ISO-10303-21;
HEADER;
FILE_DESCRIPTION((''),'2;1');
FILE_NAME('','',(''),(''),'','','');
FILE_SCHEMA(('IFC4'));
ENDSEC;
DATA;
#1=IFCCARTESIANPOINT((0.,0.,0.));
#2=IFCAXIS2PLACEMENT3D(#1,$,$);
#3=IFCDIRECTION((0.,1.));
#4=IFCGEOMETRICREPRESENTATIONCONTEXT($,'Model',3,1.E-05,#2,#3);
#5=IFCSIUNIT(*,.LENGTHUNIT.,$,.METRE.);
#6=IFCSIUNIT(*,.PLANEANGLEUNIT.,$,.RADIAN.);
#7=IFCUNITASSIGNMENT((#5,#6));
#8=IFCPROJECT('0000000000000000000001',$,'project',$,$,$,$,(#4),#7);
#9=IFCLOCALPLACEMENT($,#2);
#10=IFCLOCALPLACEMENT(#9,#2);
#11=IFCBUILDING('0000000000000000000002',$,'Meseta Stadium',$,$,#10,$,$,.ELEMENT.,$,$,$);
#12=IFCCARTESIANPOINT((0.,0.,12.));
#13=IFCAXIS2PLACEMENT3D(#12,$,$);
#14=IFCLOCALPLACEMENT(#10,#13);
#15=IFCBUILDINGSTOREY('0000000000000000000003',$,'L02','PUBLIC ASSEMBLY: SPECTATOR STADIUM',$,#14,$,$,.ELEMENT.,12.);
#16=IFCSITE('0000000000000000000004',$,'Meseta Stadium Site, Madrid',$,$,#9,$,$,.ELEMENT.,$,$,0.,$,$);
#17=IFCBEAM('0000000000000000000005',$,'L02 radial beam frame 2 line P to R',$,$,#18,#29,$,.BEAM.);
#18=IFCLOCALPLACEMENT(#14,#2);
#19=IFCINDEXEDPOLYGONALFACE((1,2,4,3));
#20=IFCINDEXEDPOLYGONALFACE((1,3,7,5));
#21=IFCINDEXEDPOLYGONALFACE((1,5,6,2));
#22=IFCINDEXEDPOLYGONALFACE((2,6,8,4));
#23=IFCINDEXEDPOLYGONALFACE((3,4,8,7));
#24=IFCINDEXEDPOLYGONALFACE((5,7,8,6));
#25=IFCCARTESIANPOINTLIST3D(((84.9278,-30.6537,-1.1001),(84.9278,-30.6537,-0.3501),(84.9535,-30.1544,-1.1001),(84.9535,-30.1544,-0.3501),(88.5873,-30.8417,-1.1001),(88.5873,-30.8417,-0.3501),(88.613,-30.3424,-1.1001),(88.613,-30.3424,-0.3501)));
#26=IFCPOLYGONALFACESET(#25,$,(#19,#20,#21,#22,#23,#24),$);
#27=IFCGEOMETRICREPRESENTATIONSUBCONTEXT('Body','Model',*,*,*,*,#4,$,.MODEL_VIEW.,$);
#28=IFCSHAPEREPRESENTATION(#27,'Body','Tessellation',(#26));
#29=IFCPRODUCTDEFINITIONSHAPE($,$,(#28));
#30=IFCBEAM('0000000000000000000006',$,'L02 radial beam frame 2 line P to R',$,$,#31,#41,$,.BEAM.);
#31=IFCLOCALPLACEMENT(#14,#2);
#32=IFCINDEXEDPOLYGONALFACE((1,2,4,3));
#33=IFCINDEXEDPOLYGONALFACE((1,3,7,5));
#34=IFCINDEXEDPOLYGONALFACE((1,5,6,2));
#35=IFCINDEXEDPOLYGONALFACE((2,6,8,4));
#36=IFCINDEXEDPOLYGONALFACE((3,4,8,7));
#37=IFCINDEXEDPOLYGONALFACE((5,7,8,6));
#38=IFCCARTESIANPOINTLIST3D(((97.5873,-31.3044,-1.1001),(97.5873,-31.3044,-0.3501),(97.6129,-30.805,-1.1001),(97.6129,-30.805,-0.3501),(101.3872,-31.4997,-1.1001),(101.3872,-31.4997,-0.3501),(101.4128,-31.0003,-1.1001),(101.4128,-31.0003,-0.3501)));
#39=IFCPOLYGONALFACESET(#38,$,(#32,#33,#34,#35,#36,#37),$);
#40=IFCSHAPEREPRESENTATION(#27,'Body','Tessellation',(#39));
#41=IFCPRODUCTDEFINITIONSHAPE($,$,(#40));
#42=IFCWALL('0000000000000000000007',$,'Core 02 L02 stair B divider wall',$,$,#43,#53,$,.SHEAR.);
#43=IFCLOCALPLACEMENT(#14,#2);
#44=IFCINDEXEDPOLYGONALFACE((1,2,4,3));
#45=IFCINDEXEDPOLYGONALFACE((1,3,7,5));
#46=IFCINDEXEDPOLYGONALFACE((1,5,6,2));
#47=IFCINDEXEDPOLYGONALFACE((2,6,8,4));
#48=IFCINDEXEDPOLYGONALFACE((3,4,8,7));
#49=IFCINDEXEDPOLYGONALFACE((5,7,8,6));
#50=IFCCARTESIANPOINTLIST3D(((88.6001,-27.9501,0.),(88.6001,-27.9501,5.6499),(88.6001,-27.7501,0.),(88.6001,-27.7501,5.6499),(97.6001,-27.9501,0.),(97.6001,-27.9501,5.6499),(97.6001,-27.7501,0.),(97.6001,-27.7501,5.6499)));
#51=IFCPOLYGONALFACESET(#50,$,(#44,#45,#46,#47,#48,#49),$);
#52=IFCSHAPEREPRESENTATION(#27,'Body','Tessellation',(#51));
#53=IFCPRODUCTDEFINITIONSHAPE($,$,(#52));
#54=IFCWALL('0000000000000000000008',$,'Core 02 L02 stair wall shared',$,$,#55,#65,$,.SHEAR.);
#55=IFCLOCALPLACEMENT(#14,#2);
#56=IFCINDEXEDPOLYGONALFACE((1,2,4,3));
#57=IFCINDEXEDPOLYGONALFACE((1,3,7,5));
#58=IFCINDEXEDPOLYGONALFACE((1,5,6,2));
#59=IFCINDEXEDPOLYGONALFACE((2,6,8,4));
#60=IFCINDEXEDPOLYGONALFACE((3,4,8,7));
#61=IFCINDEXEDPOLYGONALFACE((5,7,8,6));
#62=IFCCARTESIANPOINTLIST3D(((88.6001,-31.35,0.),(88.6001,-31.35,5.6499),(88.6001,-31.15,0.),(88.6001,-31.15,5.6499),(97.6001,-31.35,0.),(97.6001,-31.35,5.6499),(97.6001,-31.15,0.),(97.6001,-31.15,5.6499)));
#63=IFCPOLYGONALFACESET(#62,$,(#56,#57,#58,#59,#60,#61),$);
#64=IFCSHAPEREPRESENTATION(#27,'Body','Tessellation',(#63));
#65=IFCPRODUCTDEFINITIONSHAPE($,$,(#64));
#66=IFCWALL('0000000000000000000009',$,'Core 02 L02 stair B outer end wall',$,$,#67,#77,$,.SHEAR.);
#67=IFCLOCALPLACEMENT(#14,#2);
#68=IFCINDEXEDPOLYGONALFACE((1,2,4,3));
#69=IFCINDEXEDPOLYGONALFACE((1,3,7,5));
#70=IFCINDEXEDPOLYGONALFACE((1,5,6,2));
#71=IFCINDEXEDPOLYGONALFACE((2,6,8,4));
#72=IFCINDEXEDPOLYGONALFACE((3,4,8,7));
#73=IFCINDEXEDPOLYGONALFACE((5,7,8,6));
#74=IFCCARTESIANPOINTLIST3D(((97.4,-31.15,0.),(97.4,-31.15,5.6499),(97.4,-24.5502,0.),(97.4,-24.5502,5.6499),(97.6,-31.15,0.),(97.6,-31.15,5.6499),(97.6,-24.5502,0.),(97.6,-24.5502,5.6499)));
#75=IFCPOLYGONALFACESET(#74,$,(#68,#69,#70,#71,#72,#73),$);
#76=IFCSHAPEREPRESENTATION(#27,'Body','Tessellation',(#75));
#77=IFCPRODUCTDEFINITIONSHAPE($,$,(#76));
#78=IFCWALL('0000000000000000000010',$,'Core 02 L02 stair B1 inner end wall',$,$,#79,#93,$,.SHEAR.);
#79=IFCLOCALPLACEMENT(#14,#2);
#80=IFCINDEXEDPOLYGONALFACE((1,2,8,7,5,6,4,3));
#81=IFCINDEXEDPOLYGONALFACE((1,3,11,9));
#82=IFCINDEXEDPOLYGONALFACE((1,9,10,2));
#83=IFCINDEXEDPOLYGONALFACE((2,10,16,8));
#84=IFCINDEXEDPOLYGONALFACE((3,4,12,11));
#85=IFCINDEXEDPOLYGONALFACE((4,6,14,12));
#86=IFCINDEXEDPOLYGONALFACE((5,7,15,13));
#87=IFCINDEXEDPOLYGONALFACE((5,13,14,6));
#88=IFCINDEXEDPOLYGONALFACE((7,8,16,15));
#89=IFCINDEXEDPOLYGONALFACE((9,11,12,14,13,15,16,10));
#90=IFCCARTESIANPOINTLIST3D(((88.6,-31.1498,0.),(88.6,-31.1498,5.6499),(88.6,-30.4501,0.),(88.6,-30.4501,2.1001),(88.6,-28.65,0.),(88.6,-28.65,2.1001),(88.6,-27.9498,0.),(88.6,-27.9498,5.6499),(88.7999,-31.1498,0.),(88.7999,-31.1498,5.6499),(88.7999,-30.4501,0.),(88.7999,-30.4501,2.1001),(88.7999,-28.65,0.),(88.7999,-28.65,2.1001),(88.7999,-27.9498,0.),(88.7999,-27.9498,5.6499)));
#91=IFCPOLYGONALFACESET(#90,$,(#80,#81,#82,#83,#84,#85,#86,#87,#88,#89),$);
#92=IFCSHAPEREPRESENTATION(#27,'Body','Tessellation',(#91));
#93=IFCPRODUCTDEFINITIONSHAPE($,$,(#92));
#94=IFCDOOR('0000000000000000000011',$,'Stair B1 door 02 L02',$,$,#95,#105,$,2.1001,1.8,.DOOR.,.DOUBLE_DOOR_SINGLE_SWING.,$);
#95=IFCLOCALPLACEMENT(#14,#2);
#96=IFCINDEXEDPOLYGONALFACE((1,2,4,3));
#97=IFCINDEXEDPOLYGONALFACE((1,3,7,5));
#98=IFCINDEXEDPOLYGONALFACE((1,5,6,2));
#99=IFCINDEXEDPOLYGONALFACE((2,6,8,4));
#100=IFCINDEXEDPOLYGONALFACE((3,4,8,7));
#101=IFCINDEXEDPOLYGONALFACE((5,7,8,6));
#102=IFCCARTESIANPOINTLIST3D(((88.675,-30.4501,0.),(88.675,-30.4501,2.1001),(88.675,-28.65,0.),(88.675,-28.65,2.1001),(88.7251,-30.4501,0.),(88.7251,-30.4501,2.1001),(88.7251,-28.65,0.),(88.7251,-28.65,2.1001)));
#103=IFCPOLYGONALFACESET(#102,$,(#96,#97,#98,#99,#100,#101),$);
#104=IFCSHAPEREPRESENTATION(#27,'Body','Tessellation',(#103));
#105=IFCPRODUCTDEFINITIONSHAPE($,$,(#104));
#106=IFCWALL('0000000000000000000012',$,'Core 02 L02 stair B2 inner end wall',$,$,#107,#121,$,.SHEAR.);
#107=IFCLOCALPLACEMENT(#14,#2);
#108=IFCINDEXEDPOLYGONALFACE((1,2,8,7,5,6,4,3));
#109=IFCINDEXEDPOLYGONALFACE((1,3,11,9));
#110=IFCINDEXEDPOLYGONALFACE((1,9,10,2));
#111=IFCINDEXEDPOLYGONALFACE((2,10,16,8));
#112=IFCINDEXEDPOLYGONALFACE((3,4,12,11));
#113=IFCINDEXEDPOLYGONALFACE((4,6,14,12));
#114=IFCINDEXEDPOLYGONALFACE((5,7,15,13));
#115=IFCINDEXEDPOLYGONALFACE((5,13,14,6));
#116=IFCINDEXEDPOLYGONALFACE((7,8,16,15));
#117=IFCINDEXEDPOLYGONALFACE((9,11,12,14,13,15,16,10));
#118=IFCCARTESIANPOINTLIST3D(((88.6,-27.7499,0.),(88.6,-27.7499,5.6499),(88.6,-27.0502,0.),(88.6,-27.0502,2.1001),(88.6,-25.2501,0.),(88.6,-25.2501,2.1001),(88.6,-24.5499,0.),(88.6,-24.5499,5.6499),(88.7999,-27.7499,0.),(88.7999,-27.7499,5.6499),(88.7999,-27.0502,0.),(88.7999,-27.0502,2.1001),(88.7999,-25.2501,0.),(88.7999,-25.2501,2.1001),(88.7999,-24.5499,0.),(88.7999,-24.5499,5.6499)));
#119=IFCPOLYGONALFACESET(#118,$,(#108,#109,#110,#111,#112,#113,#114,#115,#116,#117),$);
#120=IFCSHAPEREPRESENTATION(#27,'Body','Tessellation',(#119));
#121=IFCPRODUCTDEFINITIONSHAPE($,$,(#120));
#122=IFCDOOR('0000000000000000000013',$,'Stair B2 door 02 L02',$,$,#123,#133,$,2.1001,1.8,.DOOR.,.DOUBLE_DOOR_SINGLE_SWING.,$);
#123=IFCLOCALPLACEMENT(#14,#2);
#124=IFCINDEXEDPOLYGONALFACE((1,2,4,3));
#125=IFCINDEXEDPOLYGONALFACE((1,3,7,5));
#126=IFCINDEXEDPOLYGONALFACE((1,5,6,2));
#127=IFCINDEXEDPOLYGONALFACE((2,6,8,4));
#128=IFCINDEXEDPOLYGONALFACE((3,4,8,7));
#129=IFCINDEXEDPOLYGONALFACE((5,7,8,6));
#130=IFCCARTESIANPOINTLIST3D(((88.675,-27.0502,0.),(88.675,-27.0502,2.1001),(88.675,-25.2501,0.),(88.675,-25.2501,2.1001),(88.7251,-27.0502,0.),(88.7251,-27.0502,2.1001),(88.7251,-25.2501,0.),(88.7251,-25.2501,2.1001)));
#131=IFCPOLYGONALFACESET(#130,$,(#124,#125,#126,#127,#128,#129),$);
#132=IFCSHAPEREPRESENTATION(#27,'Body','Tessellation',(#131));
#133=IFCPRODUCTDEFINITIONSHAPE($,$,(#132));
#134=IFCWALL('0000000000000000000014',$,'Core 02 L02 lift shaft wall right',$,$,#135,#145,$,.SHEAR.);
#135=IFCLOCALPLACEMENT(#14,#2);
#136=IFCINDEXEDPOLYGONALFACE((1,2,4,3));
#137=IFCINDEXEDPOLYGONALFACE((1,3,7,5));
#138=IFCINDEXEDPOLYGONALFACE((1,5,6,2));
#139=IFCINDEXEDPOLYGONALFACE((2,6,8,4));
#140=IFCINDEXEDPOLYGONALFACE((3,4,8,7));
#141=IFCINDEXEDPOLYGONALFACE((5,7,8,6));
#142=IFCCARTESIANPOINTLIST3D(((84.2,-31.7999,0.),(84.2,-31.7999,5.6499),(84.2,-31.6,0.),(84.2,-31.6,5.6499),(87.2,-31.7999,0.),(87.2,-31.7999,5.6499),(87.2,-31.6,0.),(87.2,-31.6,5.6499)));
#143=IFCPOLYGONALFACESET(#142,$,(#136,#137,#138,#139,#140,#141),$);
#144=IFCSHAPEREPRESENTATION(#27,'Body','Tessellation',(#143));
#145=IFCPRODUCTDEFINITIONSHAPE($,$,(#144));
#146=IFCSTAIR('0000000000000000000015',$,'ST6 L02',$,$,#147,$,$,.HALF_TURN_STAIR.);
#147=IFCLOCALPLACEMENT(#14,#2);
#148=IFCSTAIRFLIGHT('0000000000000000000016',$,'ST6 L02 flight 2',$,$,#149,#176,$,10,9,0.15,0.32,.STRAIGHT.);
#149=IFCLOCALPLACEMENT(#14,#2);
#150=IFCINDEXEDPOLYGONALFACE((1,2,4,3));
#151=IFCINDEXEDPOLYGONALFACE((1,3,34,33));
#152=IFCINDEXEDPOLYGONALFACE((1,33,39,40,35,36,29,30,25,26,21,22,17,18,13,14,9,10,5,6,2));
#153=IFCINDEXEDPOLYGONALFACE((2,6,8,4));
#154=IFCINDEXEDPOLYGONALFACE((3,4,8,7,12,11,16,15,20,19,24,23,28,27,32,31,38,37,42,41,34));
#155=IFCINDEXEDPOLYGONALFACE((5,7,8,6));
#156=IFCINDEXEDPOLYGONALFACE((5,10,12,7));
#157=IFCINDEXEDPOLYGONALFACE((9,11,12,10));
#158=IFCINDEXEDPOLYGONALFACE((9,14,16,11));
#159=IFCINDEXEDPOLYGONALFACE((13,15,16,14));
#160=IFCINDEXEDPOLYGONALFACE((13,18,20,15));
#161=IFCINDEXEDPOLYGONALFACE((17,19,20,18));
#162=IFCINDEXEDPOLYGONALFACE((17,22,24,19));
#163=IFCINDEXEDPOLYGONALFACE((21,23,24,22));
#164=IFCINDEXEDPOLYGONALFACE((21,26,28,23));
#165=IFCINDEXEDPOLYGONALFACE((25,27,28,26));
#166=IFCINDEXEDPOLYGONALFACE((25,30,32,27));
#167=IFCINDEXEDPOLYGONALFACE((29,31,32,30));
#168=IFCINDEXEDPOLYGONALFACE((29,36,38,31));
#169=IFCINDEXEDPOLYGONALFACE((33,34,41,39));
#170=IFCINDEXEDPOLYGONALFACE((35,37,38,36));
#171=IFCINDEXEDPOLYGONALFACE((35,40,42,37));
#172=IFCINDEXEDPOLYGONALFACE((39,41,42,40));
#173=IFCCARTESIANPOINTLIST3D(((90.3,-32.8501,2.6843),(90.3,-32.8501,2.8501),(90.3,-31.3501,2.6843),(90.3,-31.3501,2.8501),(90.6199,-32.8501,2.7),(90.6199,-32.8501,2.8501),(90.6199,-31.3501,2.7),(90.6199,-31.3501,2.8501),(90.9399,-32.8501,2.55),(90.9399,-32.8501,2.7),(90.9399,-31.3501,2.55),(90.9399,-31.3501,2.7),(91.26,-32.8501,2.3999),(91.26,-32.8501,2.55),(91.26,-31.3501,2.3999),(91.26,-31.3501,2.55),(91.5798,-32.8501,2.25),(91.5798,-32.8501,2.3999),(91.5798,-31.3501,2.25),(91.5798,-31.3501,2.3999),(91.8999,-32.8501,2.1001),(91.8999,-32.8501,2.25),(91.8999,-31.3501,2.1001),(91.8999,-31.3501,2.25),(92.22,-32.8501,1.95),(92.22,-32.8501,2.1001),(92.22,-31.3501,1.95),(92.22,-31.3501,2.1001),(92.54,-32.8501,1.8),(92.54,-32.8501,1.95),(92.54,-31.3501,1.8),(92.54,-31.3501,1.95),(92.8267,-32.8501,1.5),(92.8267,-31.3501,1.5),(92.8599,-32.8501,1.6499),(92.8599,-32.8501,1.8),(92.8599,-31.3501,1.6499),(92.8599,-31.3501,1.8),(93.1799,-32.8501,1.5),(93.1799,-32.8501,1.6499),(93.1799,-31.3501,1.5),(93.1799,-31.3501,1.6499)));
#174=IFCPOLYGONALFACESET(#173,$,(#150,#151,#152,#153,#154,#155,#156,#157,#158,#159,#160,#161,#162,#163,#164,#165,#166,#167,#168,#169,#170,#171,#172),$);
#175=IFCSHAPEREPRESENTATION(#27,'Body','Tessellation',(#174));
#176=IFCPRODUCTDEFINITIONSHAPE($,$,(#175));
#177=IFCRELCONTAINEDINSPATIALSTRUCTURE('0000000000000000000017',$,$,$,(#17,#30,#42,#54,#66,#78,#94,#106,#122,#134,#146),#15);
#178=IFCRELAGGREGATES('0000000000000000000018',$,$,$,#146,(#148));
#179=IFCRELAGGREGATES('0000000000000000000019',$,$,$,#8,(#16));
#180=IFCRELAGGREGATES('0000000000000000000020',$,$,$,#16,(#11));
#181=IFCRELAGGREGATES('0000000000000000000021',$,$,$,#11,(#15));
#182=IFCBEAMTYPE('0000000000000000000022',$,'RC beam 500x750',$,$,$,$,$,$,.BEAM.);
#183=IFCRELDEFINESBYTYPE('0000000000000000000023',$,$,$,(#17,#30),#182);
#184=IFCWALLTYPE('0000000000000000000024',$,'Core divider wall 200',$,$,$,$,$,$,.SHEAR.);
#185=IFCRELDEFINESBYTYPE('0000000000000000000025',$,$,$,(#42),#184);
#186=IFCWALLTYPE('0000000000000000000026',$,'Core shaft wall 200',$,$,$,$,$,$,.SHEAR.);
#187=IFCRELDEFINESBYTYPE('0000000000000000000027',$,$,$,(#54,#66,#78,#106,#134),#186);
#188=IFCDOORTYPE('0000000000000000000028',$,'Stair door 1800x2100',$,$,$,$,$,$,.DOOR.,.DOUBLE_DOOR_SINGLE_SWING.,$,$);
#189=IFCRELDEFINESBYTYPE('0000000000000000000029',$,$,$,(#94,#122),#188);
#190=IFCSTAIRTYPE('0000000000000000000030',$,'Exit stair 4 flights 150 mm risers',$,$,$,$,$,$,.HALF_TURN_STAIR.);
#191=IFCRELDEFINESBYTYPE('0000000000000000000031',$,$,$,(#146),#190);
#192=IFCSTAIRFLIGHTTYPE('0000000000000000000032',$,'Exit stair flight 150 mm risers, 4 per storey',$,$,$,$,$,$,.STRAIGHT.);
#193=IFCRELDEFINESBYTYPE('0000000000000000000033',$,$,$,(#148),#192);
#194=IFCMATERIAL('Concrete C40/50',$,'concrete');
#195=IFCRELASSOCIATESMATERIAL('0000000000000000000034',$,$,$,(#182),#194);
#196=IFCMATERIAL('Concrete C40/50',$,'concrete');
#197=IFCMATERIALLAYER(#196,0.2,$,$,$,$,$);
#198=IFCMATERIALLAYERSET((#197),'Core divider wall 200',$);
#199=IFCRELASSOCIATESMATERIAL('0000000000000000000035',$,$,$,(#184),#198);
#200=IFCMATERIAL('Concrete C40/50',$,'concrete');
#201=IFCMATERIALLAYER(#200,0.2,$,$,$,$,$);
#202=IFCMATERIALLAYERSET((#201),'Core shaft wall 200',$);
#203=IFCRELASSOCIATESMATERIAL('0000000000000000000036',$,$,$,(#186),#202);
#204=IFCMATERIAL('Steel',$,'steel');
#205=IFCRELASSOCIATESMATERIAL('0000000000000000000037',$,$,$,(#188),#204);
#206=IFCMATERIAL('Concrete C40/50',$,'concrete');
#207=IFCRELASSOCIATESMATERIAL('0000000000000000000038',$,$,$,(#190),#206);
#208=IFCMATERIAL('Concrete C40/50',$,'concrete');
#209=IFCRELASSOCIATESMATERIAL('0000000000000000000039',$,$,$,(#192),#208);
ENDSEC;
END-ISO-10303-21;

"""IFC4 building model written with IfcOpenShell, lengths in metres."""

from ifc_helpers import new_model, si_unit, direction, frame, frame_2d, origin, origin_2d, place, context, subcontext, project, spatial, polyline, rectangle, outline, extrude, material, layer, layer_set, material_profile, profile_set, type_object, element, fill, aggregate, save


model = new_model("IFC4")

# Units and contexts
model_context = context("Model", 3, precision=1e-05, world=origin(), true_north=direction((0.0, 1.0)))
body_context = subcontext(model_context, "Body", "Model", "MODEL_VIEW")
ifc_project = project(units=[si_unit("LENGTHUNIT", "METRE"), si_unit("PLANEANGLEUNIT", "RADIAN")], contexts=[model_context])

# Site, building, storey
site_placement = place(None, origin())
site = spatial("IfcSite", under=ifc_project, at=site_placement, Name="Meseta Stadium Site, Madrid", CompositionType="ELEMENT", RefElevation=0.0)
building_placement = place(site_placement, origin())
building = spatial("IfcBuilding", under=site, at=building_placement, Name="Meseta Stadium", CompositionType="ELEMENT")
storey_placement = place(building_placement, frame((0.0, 0.0, 12.0)))
storey = spatial("IfcBuildingStorey", under=building, at=storey_placement, Name="L02", Description="PUBLIC ASSEMBLY: SPECTATOR STADIUM", CompositionType="ELEMENT", Elevation=12.0)

# Beams
ifc_material_1 = material(Name="Concrete C40/50", Category="concrete")
ifc_material_profile = material_profile(ifc_material_1, rectangle(XDim=0.5, YDim=0.75, at=origin_2d()), Name="RC 500x750")
ifc_profile_set = profile_set([ifc_material_profile], Name="Concrete C40/50")
beam_type = type_object("IfcBeamType", Name="RC beam 500x750", PredefinedType="BEAM", material=ifc_profile_set)
beam_1_placement = place(storey_placement, frame((84.9407, -30.4041, -0.7251), z_axis=(0.998683, -0.051303, 0.0), x_axis=(0.051303, 0.998683, 0.0)))
element("IfcBeam", 1, at=beam_1_placement, inside=storey, type_object=beam_type, Name="L02 radial beam frame 2 line P to R", PredefinedType="BEAM", context=body_context, shape_type="SweptSolid", body=[
    extrude(rectangle(XDim=0.5, YDim=0.75, at=origin_2d()), origin(), (0.0, 0.0, 1.0), 3.6643),
])
beam_2_placement = place(storey_placement, frame((97.6001, -31.0547, -0.7251), z_axis=(0.998682, -0.051333, 0.0), x_axis=(0.051333, 0.998682, 0.0)))
element("IfcBeam", 2, at=beam_2_placement, inside=storey, type_object=beam_type, Name="L02 radial beam frame 2 line P to R", PredefinedType="BEAM", context=body_context, shape_type="SweptSolid", body=[
    extrude(rectangle(XDim=0.5, YDim=0.75, at=origin_2d()), origin(), (0.0, 0.0, 1.0), 3.8049),
])

# Walls
ifc_material_2 = material(Name="Concrete C40/50", Category="concrete")
ifc_layer_1 = layer(ifc_material_2, 0.2)
ifc_layer_set_1 = layer_set([ifc_layer_1], Name="Core divider wall 200")
wall_type_1 = type_object("IfcWallType", Name="Core divider wall 200", PredefinedType="SHEAR", material=ifc_layer_set_1)
wall_1_placement = place(storey_placement, frame((97.6001, -27.8501, 0.0), z_axis=(0.0, 0.0, 1.0), x_axis=(-1.0, 0.0, 0.0)))
element("IfcWall", 3, at=wall_1_placement, inside=storey, type_object=wall_type_1, Name="Core 02 L02 stair B divider wall", PredefinedType="SHEAR", context=body_context, shape_type="SweptSolid", body=[
    extrude(rectangle(XDim=9.0, YDim=0.2, at=frame_2d((4.5, 0.0))), origin(), (0.0, 0.0, 1.0), 5.6499),
])
ifc_material_3 = material(Name="Concrete C40/50", Category="concrete")
ifc_layer_2 = layer(ifc_material_3, 0.2)
ifc_layer_set_2 = layer_set([ifc_layer_2], Name="Core shaft wall 200")
wall_type_2 = type_object("IfcWallType", Name="Core shaft wall 200", PredefinedType="SHEAR", material=ifc_layer_set_2)
wall_2_placement = place(storey_placement, frame((97.6001, -31.25, 0.0), z_axis=(0.0, 0.0, 1.0), x_axis=(-1.0, 0.0, 0.0)))
element("IfcWall", 4, at=wall_2_placement, inside=storey, type_object=wall_type_2, Name="Core 02 L02 stair wall shared", PredefinedType="SHEAR", context=body_context, shape_type="SweptSolid", body=[
    extrude(rectangle(XDim=9.0, YDim=0.2, at=frame_2d((4.5, 0.0))), origin(), (0.0, 0.0, 1.0), 5.6499),
])
wall_3_placement = place(storey_placement, frame((97.5, -31.1499, 0.0), z_axis=(0.0, 0.0, 1.0), x_axis=(0.0, 1.0, 0.0)))
element("IfcWall", 5, at=wall_3_placement, inside=storey, type_object=wall_type_2, Name="Core 02 L02 stair B outer end wall", PredefinedType="SHEAR", context=body_context, shape_type="SweptSolid", body=[
    extrude(rectangle(XDim=6.5999, YDim=0.2, at=frame_2d((3.2998, 0.0))), origin(), (0.0, 0.0, 1.0), 5.6499),
])

# Walls, openings, doors
wall_4_placement = place(storey_placement, frame((88.7, -31.1499, 0.0), z_axis=(0.0, 0.0, 1.0), x_axis=(0.0, 1.0, 0.0)))
wall_4 = element("IfcWall", 6, at=wall_4_placement, inside=storey, type_object=wall_type_2, Name="Core 02 L02 stair B1 inner end wall", PredefinedType="SHEAR", context=body_context, shape_type="SweptSolid", body=[
    extrude(rectangle(XDim=3.2, YDim=0.2, at=frame_2d((1.6001, 0.0))), origin(), (0.0, 0.0, 1.0), 5.6499),
])
opening_1_placement = place(wall_4_placement, frame((0.7, 0.0, 0.0)))
opening_1 = element("IfcOpeningElement", 7, at=opening_1_placement, cuts=wall_4, PredefinedType="OPENING", context=body_context, shape_type="SweptSolid", body=[
    extrude(rectangle(XDim=1.8, YDim=2.1001, at=frame_2d((0.8999, 1.05))), frame((0.0, 0.1099, 0.0), z_axis=(0.0, -1.0, 0.0), x_axis=(1.0, 0.0, 0.0)), (0.0, 0.0, 1.0), 0.22),
])
ifc_material_4 = material(Name="Steel", Category="steel")
door_type = type_object("IfcDoorType", Name="Stair door 1800x2100", OperationType="DOUBLE_DOOR_SINGLE_SWING", PredefinedType="DOOR", material=ifc_material_4)
door_1_placement = place(opening_1_placement, origin())
door_1 = element("IfcDoor", 8, at=door_1_placement, inside=storey, type_object=door_type, Name="Stair B1 door 02 L02", OperationType="DOUBLE_DOOR_SINGLE_SWING", OverallHeight=2.1001, OverallWidth=1.8, PredefinedType="DOOR", context=body_context, shape_type="SweptSolid", body=[
    extrude(rectangle(XDim=1.8, YDim=2.1001, at=frame_2d((0.8999, 1.05))), frame((0.0, 0.0249, 0.0), z_axis=(0.0, -1.0, 0.0), x_axis=(1.0, 0.0, 0.0)), (0.0, 0.0, 1.0), 0.05),
])
fill(opening_1, door_1)
wall_5_placement = place(storey_placement, frame((88.7, -27.75, 0.0), z_axis=(0.0, 0.0, 1.0), x_axis=(0.0, 1.0, 0.0)))
wall_5 = element("IfcWall", 9, at=wall_5_placement, inside=storey, type_object=wall_type_2, Name="Core 02 L02 stair B2 inner end wall", PredefinedType="SHEAR", context=body_context, shape_type="SweptSolid", body=[
    extrude(rectangle(XDim=3.2, YDim=0.2, at=frame_2d((1.6001, 0.0))), origin(), (0.0, 0.0, 1.0), 5.6499),
])
opening_2_placement = place(wall_5_placement, frame((0.7, 0.0, 0.0)))
opening_2 = element("IfcOpeningElement", 10, at=opening_2_placement, cuts=wall_5, PredefinedType="OPENING", context=body_context, shape_type="SweptSolid", body=[
    extrude(rectangle(XDim=1.8, YDim=2.1001, at=frame_2d((0.8999, 1.05))), frame((0.0, 0.1099, 0.0), z_axis=(0.0, -1.0, 0.0), x_axis=(1.0, 0.0, 0.0)), (0.0, 0.0, 1.0), 0.22),
])
door_2_placement = place(opening_2_placement, origin())
door_2 = element("IfcDoor", 11, at=door_2_placement, inside=storey, type_object=door_type, Name="Stair B2 door 02 L02", OperationType="DOUBLE_DOOR_SINGLE_SWING", OverallHeight=2.1001, OverallWidth=1.8, PredefinedType="DOOR", context=body_context, shape_type="SweptSolid", body=[
    extrude(rectangle(XDim=1.8, YDim=2.1001, at=frame_2d((0.8999, 1.05))), frame((0.0, 0.0249, 0.0), z_axis=(0.0, -1.0, 0.0), x_axis=(1.0, 0.0, 0.0)), (0.0, 0.0, 1.0), 0.05),
])
fill(opening_2, door_2)

# Wall
wall_6_placement = place(storey_placement, frame((87.2, -31.7, 0.0), z_axis=(0.0, 0.0, 1.0), x_axis=(-1.0, 0.0, 0.0)))
element("IfcWall", 12, at=wall_6_placement, inside=storey, type_object=wall_type_2, Name="Core 02 L02 lift shaft wall right", PredefinedType="SHEAR", context=body_context, shape_type="SweptSolid", body=[
    extrude(rectangle(XDim=3.0, YDim=0.2, at=frame_2d((1.5, 0.0))), origin(), (0.0, 0.0, 1.0), 5.6499),
])

# Stair, stair flight
ifc_material_5 = material(Name="Concrete C40/50", Category="concrete")
stair_type = type_object("IfcStairType", Name="Exit stair 4 flights 150 mm risers", PredefinedType="HALF_TURN_STAIR", material=ifc_material_5)
stair_1_placement = place(storey_placement, origin())
stair_1 = element("IfcStair", 13, at=stair_1_placement, inside=storey, type_object=stair_type, Name="ST6 L02", PredefinedType="HALF_TURN_STAIR")
ifc_material_6 = material(Name="Concrete C40/50", Category="concrete")
stair_flight_type = type_object("IfcStairFlightType", Name="Exit stair flight 150 mm risers, 4 per storey", PredefinedType="STRAIGHT", material=ifc_material_6)
stair_flight_1_placement = place(storey_placement, frame((93.1799, -32.1001, 1.5), z_axis=(0.0, 0.0, 1.0), x_axis=(-1.0, 0.0, 0.0)))
stair_flight_1 = element("IfcStairFlight", 14, at=stair_flight_1_placement, type_object=stair_flight_type, Name="ST6 L02 flight 2", NumberOfRisers=10, NumberOfTreads=9, PredefinedType="STRAIGHT", RiserHeight=0.15, TreadLength=0.32, context=body_context, shape_type="SweptSolid", body=[
    extrude(outline(polyline([(0.0, 0.0), (0.0, 0.1499), (0.3201, 0.1499), (0.3201, 0.3), (0.6399, 0.3), (0.6399, 0.45), (0.96, 0.45), (0.96, 0.6001), (1.28, 0.6001), (1.28, 0.75), (1.6001, 0.75), (1.6001, 0.8999), (1.9199, 0.8999), (1.9199, 1.05), (2.24, 1.05), (2.24, 1.2), (2.5601, 1.2), (2.5601, 1.3501), (2.8799, 1.3501), (2.8799, 1.1843), (0.3533, 0.0), (0.0, 0.0)])), frame((0.0, 0.75, 0.0), z_axis=(0.0, -1.0, 0.0), x_axis=(1.0, 0.0, 0.0)), (0.0, 0.0, 1.0), 1.5),
])
aggregate(stair_1, [stair_flight_1])

save(model, "model.ifc")
